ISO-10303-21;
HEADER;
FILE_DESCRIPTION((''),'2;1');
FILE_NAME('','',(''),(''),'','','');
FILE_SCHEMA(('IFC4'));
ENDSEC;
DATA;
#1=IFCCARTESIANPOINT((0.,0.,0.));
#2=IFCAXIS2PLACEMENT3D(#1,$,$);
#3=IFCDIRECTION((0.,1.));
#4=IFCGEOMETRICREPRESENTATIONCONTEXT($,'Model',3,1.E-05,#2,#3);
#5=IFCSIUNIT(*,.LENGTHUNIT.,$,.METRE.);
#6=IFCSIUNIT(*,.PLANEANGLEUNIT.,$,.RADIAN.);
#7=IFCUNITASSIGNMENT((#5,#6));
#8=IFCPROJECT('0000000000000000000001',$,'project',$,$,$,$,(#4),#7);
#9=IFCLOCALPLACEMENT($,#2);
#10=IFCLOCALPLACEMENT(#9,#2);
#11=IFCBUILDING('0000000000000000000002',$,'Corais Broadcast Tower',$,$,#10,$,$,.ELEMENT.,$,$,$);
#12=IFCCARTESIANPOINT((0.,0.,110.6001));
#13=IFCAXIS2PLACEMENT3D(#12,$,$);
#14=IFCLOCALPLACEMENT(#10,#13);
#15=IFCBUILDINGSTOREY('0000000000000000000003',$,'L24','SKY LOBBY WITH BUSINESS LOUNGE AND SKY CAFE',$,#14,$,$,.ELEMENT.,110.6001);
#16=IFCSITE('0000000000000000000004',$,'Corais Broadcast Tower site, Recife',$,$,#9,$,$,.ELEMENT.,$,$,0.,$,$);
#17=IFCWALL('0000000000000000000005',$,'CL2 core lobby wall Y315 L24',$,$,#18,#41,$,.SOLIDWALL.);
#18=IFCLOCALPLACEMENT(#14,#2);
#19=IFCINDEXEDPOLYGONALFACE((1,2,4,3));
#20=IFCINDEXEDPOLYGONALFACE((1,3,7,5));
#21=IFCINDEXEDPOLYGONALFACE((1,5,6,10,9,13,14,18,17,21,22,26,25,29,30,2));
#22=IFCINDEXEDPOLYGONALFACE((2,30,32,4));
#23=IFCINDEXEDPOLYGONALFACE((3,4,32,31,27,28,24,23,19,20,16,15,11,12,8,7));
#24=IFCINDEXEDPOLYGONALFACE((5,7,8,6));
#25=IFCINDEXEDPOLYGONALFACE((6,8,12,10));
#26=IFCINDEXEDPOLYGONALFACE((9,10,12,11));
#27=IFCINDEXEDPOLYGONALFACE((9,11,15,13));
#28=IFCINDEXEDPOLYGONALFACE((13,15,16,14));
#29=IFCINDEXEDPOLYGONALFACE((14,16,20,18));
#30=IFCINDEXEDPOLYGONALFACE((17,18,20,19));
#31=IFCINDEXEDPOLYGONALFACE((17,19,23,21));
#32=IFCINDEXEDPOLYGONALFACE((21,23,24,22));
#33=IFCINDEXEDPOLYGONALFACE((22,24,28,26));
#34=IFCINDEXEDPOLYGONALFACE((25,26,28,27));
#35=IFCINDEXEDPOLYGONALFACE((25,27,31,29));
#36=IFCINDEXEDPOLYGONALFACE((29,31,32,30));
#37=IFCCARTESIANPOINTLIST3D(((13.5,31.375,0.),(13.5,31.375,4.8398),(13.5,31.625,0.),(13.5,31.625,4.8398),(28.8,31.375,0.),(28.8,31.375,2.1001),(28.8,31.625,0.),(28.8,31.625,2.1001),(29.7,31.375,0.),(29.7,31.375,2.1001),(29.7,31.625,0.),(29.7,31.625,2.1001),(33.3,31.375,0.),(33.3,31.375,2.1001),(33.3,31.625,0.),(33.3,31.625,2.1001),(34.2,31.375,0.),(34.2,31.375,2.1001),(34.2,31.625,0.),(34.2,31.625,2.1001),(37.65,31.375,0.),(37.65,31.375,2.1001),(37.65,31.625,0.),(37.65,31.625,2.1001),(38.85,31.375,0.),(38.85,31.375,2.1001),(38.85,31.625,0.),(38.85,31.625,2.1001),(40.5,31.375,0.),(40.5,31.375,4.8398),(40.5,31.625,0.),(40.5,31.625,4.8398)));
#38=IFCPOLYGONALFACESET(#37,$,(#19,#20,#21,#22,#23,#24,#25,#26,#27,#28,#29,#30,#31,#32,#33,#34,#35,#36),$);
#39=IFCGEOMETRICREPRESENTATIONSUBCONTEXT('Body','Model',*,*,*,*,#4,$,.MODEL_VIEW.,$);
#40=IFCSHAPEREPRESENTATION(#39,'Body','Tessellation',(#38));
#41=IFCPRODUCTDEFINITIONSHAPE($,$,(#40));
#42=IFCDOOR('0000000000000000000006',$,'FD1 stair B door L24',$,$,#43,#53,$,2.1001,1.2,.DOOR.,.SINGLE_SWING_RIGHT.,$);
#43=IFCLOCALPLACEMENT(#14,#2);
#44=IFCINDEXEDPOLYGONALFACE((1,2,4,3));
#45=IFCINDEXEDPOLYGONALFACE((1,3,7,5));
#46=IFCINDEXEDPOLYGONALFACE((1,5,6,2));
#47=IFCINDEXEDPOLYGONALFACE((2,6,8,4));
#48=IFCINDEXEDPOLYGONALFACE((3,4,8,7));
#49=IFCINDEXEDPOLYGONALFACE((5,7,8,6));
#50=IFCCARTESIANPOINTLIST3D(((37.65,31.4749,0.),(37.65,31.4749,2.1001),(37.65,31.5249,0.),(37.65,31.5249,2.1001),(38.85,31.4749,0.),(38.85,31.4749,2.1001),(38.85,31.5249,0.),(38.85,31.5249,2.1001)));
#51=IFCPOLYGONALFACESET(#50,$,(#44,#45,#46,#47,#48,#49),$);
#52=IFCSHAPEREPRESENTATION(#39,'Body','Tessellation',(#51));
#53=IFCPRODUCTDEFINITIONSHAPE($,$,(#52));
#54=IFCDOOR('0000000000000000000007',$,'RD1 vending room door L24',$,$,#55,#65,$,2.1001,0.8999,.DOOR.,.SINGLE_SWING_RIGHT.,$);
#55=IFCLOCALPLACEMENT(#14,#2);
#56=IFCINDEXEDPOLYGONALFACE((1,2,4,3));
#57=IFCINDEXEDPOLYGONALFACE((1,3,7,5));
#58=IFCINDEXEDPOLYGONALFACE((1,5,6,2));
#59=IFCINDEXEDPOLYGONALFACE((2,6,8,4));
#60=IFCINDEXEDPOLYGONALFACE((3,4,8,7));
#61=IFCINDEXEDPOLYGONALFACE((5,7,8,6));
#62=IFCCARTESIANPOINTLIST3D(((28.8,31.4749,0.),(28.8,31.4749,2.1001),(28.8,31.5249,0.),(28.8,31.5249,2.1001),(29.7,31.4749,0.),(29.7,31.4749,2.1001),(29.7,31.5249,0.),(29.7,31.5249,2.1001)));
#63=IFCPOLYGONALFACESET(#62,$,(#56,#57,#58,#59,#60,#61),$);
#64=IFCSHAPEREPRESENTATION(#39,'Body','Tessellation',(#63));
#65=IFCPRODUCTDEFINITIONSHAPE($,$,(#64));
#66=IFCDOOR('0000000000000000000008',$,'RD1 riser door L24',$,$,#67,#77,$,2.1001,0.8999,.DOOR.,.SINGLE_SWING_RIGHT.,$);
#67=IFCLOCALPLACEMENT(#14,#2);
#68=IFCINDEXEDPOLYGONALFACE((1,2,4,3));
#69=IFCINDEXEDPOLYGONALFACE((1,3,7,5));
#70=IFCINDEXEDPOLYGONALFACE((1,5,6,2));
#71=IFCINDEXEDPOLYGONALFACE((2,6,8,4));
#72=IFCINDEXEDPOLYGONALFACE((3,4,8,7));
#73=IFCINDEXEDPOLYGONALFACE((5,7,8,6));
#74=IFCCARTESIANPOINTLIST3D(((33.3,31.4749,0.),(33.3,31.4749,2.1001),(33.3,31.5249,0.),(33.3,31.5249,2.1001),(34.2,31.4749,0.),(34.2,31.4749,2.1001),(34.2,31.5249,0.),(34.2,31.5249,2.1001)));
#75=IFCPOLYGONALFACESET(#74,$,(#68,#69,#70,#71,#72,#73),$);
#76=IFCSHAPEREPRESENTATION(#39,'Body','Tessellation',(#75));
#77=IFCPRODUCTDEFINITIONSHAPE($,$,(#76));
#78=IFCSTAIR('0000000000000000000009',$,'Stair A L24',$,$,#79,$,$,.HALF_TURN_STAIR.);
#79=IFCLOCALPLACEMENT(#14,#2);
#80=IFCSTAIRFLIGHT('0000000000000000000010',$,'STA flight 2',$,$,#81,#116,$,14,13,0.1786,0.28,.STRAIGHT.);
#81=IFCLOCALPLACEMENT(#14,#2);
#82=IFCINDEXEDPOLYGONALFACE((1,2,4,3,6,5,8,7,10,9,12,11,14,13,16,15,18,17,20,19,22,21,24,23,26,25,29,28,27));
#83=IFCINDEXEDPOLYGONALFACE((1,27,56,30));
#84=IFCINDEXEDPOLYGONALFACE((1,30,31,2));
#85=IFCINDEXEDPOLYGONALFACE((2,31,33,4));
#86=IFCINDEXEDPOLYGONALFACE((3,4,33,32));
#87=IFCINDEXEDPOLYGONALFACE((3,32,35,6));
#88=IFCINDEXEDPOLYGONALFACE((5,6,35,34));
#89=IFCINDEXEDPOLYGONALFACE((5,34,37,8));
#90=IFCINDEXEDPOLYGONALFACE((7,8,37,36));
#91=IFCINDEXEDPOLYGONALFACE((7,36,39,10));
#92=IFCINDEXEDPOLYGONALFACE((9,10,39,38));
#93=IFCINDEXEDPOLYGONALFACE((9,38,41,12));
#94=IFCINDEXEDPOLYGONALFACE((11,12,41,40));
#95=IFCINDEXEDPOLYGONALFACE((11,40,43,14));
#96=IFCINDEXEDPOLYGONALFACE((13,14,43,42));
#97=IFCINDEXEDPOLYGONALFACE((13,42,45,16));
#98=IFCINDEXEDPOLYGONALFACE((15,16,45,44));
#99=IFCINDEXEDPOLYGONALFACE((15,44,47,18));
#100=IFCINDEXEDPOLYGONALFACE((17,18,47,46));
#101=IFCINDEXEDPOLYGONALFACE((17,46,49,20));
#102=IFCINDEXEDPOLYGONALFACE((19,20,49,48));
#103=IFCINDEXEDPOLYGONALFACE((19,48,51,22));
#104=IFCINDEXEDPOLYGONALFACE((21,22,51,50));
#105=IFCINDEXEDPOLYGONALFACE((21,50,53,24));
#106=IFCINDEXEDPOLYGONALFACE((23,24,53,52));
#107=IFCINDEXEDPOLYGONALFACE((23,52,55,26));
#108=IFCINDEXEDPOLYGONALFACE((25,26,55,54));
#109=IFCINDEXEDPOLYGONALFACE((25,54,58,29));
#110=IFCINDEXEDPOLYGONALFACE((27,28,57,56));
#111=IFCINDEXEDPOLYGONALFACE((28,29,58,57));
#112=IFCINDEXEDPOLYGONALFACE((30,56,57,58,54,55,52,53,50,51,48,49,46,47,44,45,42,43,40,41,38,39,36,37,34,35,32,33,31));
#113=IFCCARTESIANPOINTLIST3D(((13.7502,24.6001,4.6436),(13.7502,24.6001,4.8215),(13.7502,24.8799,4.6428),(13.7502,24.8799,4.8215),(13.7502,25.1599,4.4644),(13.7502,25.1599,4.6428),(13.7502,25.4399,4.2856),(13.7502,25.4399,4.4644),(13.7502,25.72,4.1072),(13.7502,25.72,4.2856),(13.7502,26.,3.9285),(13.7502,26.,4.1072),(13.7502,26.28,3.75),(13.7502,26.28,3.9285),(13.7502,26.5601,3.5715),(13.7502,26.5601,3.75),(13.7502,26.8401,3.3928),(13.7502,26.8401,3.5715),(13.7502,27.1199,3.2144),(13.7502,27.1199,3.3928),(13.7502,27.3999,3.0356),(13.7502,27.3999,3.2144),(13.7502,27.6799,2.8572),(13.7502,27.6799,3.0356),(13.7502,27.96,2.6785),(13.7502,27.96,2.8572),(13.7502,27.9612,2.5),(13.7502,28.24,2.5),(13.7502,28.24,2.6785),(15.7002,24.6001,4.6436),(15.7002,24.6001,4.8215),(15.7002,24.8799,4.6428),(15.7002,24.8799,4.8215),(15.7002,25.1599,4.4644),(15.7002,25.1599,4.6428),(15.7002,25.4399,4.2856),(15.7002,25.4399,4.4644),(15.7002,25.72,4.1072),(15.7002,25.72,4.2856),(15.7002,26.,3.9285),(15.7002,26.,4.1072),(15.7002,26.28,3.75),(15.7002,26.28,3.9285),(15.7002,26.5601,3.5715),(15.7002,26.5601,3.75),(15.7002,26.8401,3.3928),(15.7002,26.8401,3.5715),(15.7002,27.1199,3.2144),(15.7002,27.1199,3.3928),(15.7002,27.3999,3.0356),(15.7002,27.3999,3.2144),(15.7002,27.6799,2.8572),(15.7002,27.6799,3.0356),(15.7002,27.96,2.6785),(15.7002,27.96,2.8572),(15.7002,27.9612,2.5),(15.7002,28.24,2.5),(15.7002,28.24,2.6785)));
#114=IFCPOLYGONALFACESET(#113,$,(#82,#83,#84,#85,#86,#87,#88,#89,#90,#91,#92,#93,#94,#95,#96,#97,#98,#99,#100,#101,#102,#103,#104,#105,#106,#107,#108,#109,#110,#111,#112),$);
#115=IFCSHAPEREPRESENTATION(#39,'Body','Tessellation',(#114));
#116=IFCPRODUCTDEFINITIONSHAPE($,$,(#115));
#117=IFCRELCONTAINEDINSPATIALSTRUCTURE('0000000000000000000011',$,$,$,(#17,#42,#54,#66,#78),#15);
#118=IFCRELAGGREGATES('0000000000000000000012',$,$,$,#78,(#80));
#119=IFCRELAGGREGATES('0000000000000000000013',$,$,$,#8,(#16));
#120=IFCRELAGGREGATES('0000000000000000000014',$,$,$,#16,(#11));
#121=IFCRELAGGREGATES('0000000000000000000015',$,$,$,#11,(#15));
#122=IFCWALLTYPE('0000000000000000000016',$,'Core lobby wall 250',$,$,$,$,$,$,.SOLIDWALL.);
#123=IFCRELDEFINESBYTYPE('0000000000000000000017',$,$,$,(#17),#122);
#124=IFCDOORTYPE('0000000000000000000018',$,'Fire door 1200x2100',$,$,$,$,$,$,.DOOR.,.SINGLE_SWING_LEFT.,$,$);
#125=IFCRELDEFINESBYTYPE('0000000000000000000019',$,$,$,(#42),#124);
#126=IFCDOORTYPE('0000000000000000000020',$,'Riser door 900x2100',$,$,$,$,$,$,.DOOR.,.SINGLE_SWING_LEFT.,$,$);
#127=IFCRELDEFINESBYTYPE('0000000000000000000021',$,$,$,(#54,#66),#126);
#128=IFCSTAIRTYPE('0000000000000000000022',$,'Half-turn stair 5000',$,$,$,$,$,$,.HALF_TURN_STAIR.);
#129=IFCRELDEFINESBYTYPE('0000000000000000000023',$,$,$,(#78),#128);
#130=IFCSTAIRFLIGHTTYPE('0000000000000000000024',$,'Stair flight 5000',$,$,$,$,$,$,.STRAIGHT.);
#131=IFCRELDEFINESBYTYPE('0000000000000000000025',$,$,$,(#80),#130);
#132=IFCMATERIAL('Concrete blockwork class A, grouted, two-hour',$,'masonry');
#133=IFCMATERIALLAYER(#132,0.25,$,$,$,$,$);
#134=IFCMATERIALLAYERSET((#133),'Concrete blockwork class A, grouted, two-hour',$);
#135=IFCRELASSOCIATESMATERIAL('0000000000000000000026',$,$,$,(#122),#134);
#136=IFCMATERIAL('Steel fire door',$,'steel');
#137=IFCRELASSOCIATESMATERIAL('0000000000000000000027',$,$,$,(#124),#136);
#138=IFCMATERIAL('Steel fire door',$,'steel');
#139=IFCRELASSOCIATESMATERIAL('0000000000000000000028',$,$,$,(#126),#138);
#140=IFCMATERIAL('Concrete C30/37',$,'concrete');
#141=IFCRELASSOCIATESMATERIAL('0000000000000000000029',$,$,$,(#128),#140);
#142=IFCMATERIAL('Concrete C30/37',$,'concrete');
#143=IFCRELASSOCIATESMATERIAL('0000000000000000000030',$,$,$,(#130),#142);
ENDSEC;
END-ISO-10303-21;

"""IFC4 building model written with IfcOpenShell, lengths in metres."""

from ifc_helpers import new_model, si_unit, direction, frame, frame_2d, origin, place, context, subcontext, project, spatial, polyline, rectangle, outline, extrude, material, layer, layer_set, type_object, element, fill, aggregate, save


model = new_model("IFC4")

# Units and contexts
model_context = context("Model", 3, precision=1e-05, world=origin(), true_north=direction((0.0, 1.0)))
body_context = subcontext(model_context, "Body", "Model", "MODEL_VIEW")
ifc_project = project(units=[si_unit("LENGTHUNIT", "METRE"), si_unit("PLANEANGLEUNIT", "RADIAN")], contexts=[model_context])

# Site, building, storey
site_placement = place(None, origin())
site = spatial("IfcSite", under=ifc_project, at=site_placement, Name="Corais Broadcast Tower site, Recife", CompositionType="ELEMENT", RefElevation=0.0)
building_placement = place(site_placement, origin())
building = spatial("IfcBuilding", under=site, at=building_placement, Name="Corais Broadcast Tower", CompositionType="ELEMENT")
storey_placement = place(building_placement, frame((0.0, 0.0, 110.6001)))
storey = spatial("IfcBuildingStorey", under=building, at=storey_placement, Name="L24", Description="SKY LOBBY WITH BUSINESS LOUNGE AND SKY CAFE", CompositionType="ELEMENT", Elevation=110.6001)

# Wall, openings, doors
ifc_material_1 = material(Name="Concrete blockwork class A, grouted, two-hour", Category="masonry")
ifc_layer = layer(ifc_material_1, 0.25)
ifc_layer_set = layer_set([ifc_layer], Name="Concrete blockwork class A, grouted, two-hour")
wall_type = type_object("IfcWallType", Name="Core lobby wall 250", PredefinedType="SOLIDWALL", material=ifc_layer_set)
ifc_material_2 = material(Name="Steel fire door", Category="steel")
door_type_1 = type_object("IfcDoorType", Name="Fire door 1200x2100", OperationType="SINGLE_SWING_LEFT", PredefinedType="DOOR", material=ifc_material_2)
wall_1_placement = place(storey_placement, frame((13.5, 31.5, 0.0), z_axis=(0.0, 0.0, 1.0), x_axis=(1.0, 0.0, 0.0)))
wall_1 = element("IfcWall", 1, at=wall_1_placement, inside=storey, type_object=wall_type, Name="CL2 core lobby wall Y315 L24", PredefinedType="SOLIDWALL", context=body_context, shape_type="SweptSolid", body=[
    extrude(rectangle(XDim=27.0, YDim=0.25, at=frame_2d((13.5, 0.0))), origin(), (0.0, 0.0, 1.0), 4.8398),
])
opening_1_placement = place(wall_1_placement, frame((24.1499, 0.0, 0.0)))
opening_1 = element("IfcOpeningElement", 2, at=opening_1_placement, cuts=wall_1, PredefinedType="OPENING", context=body_context, shape_type="SweptSolid", body=[
    extrude(rectangle(XDim=1.2, YDim=2.1001, at=frame_2d((0.6001, 1.05))), frame((0.0, 0.135, 0.0), z_axis=(0.0, -1.0, 0.0), x_axis=(1.0, 0.0, 0.0)), (0.0, 0.0, 1.0), 0.27),
])
opening_2_placement = place(wall_1_placement, frame((15.3, 0.0, 0.0)))
opening_2 = element("IfcOpeningElement", 3, at=opening_2_placement, cuts=wall_1, PredefinedType="OPENING", context=body_context, shape_type="SweptSolid", body=[
    extrude(rectangle(XDim=0.8999, YDim=2.1001, at=frame_2d((0.45, 1.05))), frame((0.0, 0.135, 0.0), z_axis=(0.0, -1.0, 0.0), x_axis=(1.0, 0.0, 0.0)), (0.0, 0.0, 1.0), 0.27),
])
opening_3_placement = place(wall_1_placement, frame((19.8, 0.0, 0.0)))
opening_3 = element("IfcOpeningElement", 4, at=opening_3_placement, cuts=wall_1, PredefinedType="OPENING", context=body_context, shape_type="SweptSolid", body=[
    extrude(rectangle(XDim=0.8999, YDim=2.1001, at=frame_2d((0.45, 1.05))), frame((0.0, 0.135, 0.0), z_axis=(0.0, -1.0, 0.0), x_axis=(1.0, 0.0, 0.0)), (0.0, 0.0, 1.0), 0.27),
])
door_1_placement = place(opening_1_placement, origin())
door_1 = element("IfcDoor", 5, at=door_1_placement, inside=storey, type_object=door_type_1, Name="FD1 stair B door L24", OperationType="SINGLE_SWING_RIGHT", OverallHeight=2.1001, OverallWidth=1.2, PredefinedType="DOOR", context=body_context, shape_type="SweptSolid", body=[
    extrude(rectangle(XDim=1.2, YDim=2.1001, at=frame_2d((0.6001, 1.05))), frame((0.0, 0.0249, 0.0), z_axis=(0.0, -1.0, 0.0), x_axis=(1.0, 0.0, 0.0)), (0.0, 0.0, 1.0), 0.05),
])
fill(opening_1, door_1)
ifc_material_3 = material(Name="Steel fire door", Category="steel")
door_type_2 = type_object("IfcDoorType", Name="Riser door 900x2100", OperationType="SINGLE_SWING_LEFT", PredefinedType="DOOR", material=ifc_material_3)
door_2_placement = place(opening_2_placement, origin())
door_2 = element("IfcDoor", 6, at=door_2_placement, inside=storey, type_object=door_type_2, Name="RD1 vending room door L24", OperationType="SINGLE_SWING_RIGHT", OverallHeight=2.1001, OverallWidth=0.8999, PredefinedType="DOOR", context=body_context, shape_type="SweptSolid", body=[
    extrude(rectangle(XDim=0.8999, YDim=2.1001, at=frame_2d((0.45, 1.05))), frame((0.0, 0.0249, 0.0), z_axis=(0.0, -1.0, 0.0), x_axis=(1.0, 0.0, 0.0)), (0.0, 0.0, 1.0), 0.05),
])
fill(opening_2, door_2)
door_3_placement = place(opening_3_placement, origin())
door_3 = element("IfcDoor", 7, at=door_3_placement, inside=storey, type_object=door_type_2, Name="RD1 riser door L24", OperationType="SINGLE_SWING_RIGHT", OverallHeight=2.1001, OverallWidth=0.8999, PredefinedType="DOOR", context=body_context, shape_type="SweptSolid", body=[
    extrude(rectangle(XDim=0.8999, YDim=2.1001, at=frame_2d((0.45, 1.05))), frame((0.0, 0.0249, 0.0), z_axis=(0.0, -1.0, 0.0), x_axis=(1.0, 0.0, 0.0)), (0.0, 0.0, 1.0), 0.05),
])
fill(opening_3, door_3)

# Stair, stair flight
ifc_material_4 = material(Name="Concrete C30/37", Category="concrete")
stair_type = type_object("IfcStairType", Name="Half-turn stair 5000", PredefinedType="HALF_TURN_STAIR", material=ifc_material_4)
stair_placement = place(storey_placement, origin())
stair = element("IfcStair", 8, at=stair_placement, inside=storey, type_object=stair_type, Name="Stair A L24", PredefinedType="HALF_TURN_STAIR")
ifc_material_5 = material(Name="Concrete C30/37", Category="concrete")
stair_flight_type = type_object("IfcStairFlightType", Name="Stair flight 5000", PredefinedType="STRAIGHT", material=ifc_material_5)
stair_flight_placement = place(storey_placement, frame((14.7251, 28.24, 2.5), z_axis=(0.0, 0.0, 1.0), x_axis=(0.0, -1.0, 0.0)))
stair_flight = element("IfcStairFlight", 9, at=stair_flight_placement, type_object=stair_flight_type, Name="STA flight 2", NumberOfRisers=14, NumberOfTreads=13, PredefinedType="STRAIGHT", RiserHeight=0.1786, TreadLength=0.28, context=body_context, shape_type="SweptSolid", body=[
    extrude(outline(polyline([(0.0, 0.0), (0.0, 0.1785), (0.28, 0.1785), (0.28, 0.3572), (0.5601, 0.3572), (0.5601, 0.5356), (0.8401, 0.5356), (0.8401, 0.7144), (1.1201, 0.7144), (1.1201, 0.8928), (1.3999, 0.8928), (1.3999, 1.0715), (1.6799, 1.0715), (1.6799, 1.25), (1.96, 1.25), (1.96, 1.4285), (2.24, 1.4285), (2.24, 1.6072), (2.52, 1.6072), (2.52, 1.7856), (2.8, 1.7856), (2.8, 1.9644), (3.0801, 1.9644), (3.0801, 2.1428), (3.3601, 2.1428), (3.3601, 2.3215), (3.6399, 2.3215), (3.6399, 2.5), (3.6399, 2.1436), (0.2788, 0.0), (0.0, 0.0)])), frame((0.0, 0.9751, 0.0), z_axis=(0.0, -1.0, 0.0), x_axis=(1.0, 0.0, 0.0)), (0.0, 0.0, 1.0), 1.95),
])
aggregate(stair, [stair_flight])

save(model, "model.ifc")
